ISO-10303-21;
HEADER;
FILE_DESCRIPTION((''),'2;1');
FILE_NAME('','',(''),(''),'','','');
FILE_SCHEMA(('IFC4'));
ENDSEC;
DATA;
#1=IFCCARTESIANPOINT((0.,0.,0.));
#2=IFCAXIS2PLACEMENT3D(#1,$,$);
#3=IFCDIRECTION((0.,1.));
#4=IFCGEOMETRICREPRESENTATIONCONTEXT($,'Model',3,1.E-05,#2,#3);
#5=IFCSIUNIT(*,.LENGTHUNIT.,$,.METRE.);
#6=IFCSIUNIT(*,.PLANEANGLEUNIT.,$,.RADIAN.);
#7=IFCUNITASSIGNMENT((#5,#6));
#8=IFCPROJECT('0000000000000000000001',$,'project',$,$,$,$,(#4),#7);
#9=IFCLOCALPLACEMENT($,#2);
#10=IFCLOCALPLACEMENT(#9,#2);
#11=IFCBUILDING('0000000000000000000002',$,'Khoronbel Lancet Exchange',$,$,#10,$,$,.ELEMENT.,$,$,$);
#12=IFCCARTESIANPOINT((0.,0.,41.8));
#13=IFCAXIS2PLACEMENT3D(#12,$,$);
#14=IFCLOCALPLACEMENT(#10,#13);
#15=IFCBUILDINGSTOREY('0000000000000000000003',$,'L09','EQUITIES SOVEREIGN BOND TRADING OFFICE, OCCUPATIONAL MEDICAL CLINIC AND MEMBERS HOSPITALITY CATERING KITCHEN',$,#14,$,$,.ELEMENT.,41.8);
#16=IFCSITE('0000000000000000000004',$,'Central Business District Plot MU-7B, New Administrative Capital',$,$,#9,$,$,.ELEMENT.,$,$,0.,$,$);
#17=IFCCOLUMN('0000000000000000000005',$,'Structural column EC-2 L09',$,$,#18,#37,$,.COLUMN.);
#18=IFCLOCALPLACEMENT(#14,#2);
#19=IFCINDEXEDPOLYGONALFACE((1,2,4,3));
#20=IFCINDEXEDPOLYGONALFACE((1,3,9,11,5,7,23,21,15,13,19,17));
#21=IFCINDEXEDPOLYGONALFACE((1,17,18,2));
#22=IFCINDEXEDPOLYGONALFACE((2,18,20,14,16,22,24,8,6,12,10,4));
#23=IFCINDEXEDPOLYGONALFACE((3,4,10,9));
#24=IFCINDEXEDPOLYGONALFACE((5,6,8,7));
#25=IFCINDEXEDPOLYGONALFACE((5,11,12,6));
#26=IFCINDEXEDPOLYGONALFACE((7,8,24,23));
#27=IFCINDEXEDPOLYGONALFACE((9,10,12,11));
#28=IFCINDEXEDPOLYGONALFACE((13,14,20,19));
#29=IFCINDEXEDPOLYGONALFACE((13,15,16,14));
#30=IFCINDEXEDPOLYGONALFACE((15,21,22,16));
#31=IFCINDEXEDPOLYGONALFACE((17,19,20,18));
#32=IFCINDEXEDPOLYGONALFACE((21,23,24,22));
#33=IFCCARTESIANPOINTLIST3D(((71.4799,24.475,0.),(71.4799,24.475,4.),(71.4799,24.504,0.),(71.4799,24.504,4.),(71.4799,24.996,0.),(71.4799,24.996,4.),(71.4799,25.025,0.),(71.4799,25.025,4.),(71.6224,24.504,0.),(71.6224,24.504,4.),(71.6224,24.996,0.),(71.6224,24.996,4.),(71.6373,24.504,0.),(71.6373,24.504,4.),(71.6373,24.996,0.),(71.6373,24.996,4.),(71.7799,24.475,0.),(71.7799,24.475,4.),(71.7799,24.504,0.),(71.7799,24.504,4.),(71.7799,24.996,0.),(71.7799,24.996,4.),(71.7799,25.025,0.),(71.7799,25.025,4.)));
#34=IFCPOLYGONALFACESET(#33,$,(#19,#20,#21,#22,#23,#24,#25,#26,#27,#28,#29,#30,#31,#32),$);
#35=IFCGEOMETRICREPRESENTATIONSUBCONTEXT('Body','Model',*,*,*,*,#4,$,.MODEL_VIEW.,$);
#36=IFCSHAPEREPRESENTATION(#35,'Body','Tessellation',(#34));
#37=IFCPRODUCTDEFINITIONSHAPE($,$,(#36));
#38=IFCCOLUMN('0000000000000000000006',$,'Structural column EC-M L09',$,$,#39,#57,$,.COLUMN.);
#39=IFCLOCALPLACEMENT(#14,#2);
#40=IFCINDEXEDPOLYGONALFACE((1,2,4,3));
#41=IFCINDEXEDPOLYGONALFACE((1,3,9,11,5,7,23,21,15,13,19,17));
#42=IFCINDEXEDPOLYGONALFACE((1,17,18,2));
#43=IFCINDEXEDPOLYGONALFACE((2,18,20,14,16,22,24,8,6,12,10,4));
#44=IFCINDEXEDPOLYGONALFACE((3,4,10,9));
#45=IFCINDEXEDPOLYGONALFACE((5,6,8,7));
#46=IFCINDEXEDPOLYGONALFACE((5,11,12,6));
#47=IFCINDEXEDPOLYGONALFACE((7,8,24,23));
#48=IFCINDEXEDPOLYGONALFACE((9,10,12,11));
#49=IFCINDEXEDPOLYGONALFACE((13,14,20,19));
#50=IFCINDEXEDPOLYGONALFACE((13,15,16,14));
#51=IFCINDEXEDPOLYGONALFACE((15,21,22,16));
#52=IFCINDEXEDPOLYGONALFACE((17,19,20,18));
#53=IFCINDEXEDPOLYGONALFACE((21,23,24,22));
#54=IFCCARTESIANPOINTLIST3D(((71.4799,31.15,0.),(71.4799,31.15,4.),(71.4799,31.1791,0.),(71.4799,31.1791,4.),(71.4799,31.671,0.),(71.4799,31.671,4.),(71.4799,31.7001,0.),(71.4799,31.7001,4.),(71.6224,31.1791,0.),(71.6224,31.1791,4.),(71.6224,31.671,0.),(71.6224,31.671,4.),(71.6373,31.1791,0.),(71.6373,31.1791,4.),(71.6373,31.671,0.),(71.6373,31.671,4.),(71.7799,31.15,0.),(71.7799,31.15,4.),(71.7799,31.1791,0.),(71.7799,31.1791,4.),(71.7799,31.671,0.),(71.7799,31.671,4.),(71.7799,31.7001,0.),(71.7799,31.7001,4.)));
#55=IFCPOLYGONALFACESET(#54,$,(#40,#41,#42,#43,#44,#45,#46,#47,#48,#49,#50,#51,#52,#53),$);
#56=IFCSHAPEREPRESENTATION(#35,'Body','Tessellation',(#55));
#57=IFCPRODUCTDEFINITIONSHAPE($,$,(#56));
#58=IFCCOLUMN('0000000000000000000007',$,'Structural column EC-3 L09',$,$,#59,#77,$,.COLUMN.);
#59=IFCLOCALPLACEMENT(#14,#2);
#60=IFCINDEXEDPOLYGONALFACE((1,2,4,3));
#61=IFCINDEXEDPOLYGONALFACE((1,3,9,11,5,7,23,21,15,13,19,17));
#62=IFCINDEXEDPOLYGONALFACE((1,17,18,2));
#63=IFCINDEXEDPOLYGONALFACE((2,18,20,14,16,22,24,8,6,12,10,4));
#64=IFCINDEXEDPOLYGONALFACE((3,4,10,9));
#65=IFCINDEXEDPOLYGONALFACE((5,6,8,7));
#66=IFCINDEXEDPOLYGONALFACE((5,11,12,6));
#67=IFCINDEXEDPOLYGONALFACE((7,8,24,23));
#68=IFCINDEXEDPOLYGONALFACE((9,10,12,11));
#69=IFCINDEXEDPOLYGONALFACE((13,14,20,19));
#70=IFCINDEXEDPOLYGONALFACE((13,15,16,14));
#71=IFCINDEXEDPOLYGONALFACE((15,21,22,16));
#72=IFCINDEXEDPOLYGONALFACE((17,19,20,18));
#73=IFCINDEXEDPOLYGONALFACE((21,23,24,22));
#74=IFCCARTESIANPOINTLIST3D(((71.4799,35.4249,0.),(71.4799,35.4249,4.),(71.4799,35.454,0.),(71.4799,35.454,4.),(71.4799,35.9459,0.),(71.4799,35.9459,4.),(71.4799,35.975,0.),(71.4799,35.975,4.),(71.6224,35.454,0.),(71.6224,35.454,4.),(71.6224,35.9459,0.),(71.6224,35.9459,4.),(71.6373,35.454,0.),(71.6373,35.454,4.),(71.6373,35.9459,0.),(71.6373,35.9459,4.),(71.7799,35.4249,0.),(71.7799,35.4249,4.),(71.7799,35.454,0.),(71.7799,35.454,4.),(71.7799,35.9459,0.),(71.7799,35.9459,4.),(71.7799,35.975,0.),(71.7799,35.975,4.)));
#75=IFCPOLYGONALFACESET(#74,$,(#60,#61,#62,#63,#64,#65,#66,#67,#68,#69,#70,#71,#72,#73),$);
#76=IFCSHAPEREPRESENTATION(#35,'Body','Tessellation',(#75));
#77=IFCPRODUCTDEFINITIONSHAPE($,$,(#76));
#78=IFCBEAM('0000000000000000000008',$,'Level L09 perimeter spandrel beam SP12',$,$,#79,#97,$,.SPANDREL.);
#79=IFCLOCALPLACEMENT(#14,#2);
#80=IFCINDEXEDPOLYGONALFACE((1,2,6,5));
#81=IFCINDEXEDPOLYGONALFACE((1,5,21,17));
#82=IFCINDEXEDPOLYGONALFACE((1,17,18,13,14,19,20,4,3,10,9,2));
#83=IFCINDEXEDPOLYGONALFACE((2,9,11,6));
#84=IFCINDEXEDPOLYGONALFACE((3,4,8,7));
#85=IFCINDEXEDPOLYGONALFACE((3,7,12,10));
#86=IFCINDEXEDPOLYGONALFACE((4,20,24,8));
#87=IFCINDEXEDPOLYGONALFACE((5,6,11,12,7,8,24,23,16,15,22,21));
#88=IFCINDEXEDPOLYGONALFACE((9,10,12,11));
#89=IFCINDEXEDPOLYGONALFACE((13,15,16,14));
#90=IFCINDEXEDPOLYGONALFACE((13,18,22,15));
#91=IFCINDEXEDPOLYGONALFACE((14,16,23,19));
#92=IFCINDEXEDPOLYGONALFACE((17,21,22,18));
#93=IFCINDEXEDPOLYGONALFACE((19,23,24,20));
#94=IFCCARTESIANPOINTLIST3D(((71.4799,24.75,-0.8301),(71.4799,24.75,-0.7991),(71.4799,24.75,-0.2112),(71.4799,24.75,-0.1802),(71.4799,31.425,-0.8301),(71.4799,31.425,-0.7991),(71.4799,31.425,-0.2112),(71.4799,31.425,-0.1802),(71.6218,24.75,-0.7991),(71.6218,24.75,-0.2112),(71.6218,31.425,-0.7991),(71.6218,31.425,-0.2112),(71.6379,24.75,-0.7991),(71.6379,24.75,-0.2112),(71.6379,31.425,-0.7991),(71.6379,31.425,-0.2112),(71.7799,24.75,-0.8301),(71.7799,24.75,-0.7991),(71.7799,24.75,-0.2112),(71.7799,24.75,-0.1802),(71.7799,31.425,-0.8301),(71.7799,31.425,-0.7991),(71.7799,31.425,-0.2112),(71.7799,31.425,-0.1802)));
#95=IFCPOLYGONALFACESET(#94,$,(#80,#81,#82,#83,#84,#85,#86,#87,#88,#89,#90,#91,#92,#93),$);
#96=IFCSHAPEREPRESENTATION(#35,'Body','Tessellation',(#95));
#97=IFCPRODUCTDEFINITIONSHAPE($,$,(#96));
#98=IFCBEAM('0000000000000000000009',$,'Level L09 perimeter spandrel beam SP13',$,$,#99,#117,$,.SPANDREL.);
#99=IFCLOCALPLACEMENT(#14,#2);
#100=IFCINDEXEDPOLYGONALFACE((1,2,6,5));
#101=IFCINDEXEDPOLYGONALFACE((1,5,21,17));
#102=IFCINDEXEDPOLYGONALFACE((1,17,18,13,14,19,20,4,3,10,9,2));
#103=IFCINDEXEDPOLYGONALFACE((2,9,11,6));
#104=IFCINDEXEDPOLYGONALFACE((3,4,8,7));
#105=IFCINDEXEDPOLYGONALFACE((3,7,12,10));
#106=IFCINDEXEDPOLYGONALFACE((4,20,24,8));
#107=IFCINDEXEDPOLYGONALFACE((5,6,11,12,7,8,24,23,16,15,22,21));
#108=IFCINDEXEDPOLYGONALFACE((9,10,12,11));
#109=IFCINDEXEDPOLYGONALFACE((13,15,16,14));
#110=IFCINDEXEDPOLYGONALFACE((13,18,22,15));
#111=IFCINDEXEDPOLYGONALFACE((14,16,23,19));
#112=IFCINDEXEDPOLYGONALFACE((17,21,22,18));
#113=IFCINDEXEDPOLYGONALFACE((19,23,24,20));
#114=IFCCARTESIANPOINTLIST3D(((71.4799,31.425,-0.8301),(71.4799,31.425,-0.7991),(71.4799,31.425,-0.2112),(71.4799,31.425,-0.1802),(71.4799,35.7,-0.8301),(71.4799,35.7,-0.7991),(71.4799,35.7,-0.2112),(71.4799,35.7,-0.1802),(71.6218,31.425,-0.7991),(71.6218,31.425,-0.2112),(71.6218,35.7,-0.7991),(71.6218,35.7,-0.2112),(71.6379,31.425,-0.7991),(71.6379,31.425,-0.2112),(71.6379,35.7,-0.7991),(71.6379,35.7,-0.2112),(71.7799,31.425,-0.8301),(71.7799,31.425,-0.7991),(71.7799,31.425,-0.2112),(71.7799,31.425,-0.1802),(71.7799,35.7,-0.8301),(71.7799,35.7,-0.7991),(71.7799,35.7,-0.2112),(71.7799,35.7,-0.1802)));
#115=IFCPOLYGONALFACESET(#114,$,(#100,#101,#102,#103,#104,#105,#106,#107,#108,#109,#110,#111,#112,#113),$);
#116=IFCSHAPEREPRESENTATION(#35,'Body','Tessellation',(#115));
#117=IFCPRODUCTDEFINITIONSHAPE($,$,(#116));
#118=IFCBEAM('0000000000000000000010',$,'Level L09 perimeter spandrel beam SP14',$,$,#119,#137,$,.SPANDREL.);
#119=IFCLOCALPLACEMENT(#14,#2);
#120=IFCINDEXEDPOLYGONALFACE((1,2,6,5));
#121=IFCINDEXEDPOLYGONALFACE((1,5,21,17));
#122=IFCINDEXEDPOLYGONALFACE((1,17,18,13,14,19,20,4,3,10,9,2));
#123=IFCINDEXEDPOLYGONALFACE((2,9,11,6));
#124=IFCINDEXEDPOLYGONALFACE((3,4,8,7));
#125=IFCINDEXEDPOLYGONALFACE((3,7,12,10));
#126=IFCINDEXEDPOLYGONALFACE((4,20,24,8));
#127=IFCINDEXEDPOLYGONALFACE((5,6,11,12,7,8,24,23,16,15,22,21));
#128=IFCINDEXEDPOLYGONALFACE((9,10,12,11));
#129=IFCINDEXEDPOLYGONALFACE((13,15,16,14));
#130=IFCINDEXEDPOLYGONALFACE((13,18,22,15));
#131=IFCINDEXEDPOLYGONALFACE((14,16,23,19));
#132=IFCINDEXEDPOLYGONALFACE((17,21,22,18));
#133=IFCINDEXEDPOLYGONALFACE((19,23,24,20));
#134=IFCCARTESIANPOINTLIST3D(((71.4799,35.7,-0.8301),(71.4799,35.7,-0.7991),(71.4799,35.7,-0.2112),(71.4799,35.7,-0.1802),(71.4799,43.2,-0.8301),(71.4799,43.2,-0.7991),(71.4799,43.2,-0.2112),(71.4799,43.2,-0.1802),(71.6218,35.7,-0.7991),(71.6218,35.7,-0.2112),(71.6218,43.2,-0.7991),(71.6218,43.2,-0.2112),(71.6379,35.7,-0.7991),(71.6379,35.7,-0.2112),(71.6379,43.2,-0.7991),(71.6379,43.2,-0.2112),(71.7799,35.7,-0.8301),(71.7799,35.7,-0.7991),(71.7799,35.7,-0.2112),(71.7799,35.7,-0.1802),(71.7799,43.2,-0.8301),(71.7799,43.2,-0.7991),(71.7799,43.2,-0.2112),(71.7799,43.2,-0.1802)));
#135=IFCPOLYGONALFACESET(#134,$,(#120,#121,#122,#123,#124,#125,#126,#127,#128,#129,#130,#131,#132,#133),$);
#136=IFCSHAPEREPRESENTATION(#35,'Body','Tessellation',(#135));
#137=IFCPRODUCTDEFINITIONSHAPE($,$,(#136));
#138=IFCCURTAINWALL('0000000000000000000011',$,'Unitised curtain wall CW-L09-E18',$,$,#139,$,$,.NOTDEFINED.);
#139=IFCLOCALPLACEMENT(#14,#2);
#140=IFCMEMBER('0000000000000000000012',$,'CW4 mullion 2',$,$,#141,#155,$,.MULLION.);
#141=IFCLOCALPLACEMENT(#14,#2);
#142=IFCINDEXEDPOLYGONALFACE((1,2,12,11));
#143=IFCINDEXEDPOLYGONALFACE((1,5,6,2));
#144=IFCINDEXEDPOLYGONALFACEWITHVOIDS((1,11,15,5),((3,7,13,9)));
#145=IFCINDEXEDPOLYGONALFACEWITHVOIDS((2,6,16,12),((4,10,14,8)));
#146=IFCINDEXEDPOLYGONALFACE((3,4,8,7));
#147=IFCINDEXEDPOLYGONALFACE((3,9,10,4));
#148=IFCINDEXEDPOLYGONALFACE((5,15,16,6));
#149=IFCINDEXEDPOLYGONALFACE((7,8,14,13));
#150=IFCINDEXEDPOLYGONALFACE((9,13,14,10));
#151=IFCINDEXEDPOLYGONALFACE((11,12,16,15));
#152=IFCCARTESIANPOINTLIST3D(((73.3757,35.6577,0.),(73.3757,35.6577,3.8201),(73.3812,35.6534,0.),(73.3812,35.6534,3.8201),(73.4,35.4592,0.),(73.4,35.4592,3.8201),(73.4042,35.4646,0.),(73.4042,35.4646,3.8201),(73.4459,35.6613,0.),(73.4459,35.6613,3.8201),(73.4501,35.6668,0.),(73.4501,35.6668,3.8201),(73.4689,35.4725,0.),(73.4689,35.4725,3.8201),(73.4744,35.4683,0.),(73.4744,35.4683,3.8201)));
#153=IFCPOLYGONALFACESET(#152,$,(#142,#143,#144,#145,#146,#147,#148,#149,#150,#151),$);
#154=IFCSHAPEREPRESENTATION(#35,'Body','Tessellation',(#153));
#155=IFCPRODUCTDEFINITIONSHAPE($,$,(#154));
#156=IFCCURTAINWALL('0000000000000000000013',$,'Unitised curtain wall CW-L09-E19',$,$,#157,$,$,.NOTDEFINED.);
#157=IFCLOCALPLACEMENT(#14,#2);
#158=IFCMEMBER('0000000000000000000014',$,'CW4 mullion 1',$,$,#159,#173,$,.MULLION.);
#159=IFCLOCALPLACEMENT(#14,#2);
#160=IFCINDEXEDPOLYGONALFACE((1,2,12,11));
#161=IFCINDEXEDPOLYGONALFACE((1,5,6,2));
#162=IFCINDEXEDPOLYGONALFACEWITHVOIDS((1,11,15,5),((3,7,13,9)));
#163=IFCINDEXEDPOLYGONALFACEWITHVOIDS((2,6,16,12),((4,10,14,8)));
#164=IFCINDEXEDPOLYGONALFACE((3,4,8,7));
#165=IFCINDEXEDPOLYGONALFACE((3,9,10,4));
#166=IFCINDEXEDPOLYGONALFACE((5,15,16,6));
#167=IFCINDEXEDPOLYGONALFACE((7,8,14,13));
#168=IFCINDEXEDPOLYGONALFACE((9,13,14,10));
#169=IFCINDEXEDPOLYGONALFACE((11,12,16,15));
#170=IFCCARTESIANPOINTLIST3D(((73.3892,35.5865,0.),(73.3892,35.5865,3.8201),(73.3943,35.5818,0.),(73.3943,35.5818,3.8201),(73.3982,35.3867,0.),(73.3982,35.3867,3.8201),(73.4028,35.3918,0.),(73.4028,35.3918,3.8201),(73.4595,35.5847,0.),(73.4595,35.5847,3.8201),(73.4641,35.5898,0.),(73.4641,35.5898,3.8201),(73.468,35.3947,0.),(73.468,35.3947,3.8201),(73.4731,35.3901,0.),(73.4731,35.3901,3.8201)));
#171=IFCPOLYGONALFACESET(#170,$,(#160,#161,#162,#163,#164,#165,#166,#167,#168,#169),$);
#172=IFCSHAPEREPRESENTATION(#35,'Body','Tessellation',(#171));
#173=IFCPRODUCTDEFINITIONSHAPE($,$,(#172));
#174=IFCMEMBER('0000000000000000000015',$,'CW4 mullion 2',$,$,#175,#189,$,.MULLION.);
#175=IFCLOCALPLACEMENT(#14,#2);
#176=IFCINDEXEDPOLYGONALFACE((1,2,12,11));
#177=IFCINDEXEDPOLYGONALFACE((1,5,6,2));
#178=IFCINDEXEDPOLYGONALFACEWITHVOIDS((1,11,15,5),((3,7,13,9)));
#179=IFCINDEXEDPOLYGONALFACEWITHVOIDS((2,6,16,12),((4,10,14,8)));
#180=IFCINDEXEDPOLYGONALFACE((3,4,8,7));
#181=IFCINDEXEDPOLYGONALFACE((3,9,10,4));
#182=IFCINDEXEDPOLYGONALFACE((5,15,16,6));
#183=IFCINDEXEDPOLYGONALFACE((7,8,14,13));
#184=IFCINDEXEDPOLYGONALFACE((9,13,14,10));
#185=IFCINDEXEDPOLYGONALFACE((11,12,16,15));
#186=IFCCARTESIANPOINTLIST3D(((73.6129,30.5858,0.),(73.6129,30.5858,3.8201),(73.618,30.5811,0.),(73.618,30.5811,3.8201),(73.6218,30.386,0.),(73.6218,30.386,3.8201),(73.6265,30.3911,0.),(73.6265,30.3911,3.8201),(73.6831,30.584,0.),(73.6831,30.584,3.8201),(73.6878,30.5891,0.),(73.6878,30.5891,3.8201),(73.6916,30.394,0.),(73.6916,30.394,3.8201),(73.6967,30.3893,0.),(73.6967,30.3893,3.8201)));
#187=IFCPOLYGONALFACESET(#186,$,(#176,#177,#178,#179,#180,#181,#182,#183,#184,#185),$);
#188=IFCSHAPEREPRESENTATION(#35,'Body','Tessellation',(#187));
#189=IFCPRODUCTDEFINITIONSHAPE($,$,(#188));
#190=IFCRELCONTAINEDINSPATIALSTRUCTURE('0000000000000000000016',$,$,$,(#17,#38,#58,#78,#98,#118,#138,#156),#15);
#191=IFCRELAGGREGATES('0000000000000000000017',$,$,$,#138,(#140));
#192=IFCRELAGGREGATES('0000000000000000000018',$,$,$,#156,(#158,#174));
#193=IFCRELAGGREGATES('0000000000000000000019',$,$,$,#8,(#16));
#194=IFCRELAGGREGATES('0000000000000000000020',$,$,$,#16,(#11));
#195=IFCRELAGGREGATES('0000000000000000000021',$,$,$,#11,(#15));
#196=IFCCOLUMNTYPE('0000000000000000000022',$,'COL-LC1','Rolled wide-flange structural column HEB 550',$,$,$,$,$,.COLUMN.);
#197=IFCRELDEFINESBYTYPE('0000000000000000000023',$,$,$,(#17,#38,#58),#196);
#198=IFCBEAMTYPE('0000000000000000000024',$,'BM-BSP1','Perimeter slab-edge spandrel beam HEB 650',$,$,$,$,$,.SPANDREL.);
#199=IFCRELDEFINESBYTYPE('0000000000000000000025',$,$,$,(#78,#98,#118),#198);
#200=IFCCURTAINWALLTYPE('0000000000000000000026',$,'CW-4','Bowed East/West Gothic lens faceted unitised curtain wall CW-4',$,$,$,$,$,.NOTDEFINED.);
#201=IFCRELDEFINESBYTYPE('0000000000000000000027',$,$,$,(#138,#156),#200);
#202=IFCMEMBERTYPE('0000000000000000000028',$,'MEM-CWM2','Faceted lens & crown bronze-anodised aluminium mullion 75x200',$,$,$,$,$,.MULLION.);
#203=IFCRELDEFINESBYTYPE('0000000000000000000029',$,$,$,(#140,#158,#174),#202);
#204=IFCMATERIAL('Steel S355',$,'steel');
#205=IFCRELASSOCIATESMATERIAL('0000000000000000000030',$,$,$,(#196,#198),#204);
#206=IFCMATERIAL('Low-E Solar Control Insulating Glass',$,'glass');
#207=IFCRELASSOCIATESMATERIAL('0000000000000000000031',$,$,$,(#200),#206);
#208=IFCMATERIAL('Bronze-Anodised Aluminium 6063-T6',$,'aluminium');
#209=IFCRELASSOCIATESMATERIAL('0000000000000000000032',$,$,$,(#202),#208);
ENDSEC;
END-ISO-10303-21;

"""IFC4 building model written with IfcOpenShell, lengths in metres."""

from ifc_helpers import new_model, si_unit, direction, frame, origin, origin_2d, place, context, subcontext, project, spatial, hollow_rectangle, i_section, extrude, material, material_profile, profile_set, type_object, element, aggregate, save


model = new_model("IFC4")

# Units and contexts
model_context = context("Model", 3, precision=1e-05, world=origin(), true_north=direction((0.0, 1.0)))
body_context = subcontext(model_context, "Body", "Model", "MODEL_VIEW")
ifc_project = project(units=[si_unit("LENGTHUNIT", "METRE"), si_unit("PLANEANGLEUNIT", "RADIAN")], contexts=[model_context])

# Site, building, storey
site_placement = place(None, origin())
site = spatial("IfcSite", under=ifc_project, at=site_placement, Name="Central Business District Plot MU-7B, New Administrative Capital", CompositionType="ELEMENT", RefElevation=0.0)
building_placement = place(site_placement, origin())
building = spatial("IfcBuilding", under=site, at=building_placement, Name="Khoronbel Lancet Exchange", CompositionType="ELEMENT")
storey_placement = place(building_placement, frame((0.0, 0.0, 41.8)))
storey = spatial("IfcBuildingStorey", under=building, at=storey_placement, Name="L09", Description="EQUITIES SOVEREIGN BOND TRADING OFFICE, OCCUPATIONAL MEDICAL CLINIC AND MEMBERS HOSPITALITY CATERING KITCHEN", CompositionType="ELEMENT", Elevation=41.8)

# Columns
ifc_material_1 = material(Name="Steel S355", Category="steel")
ifc_material_profile_1 = material_profile(ifc_material_1, i_section(OverallWidth=0.3, OverallDepth=0.55, WebThickness=0.0149, FlangeThickness=0.0291, at=origin_2d()), Name="HEB 550")
ifc_profile_set_1 = profile_set([ifc_material_profile_1], Name="Steel S355")
column_type = type_object("IfcColumnType", Name="COL-LC1", Description="Rolled wide-flange structural column HEB 550", PredefinedType="COLUMN", material=ifc_profile_set_1)
for number, where, z_axis, x_axis, name in (
    (1, (71.6299, 24.75, 0.0), (0.0, 0.0, 1.0), (1.0, 0.0, 0.0), "Structural column EC-2 L09"),
    (2, (71.6299, 31.425, 0.0), (0.0, 0.0, 1.0), (1.0, 0.0, 0.0), "Structural column EC-M L09"),
    (3, (71.6299, 35.7, 0.0), (0.0, 0.0, 1.0), (1.0, 0.0, 0.0), "Structural column EC-3 L09"),
):
    element("IfcColumn", number, at=place(storey_placement, frame(where, z_axis=z_axis, x_axis=x_axis)), inside=storey, type_object=column_type, Name=name, PredefinedType="COLUMN", context=body_context, shape_type="SweptSolid", body=[
        extrude(i_section(OverallWidth=0.3, OverallDepth=0.55, WebThickness=0.0149, FlangeThickness=0.0291, at=origin_2d()), origin(), (0.0, 0.0, 1.0), 4.0),
    ])

# Beams
ifc_material_profile_2 = material_profile(ifc_material_1, i_section(OverallWidth=0.3, OverallDepth=0.6499, WebThickness=0.0161, FlangeThickness=0.031, at=origin_2d()), Name="HEB 650")
ifc_profile_set_2 = profile_set([ifc_material_profile_2], Name="Steel S355")
beam_type = type_object("IfcBeamType", Name="BM-BSP1", Description="Perimeter slab-edge spandrel beam HEB 650", PredefinedType="SPANDREL", material=ifc_profile_set_2)
beam_1_placement = place(storey_placement, frame((71.6299, 24.75, -0.5051), z_axis=(0.0, 1.0, 0.0), x_axis=(-1.0, 0.0, 0.0)))
element("IfcBeam", 4, at=beam_1_placement, inside=storey, type_object=beam_type, Name="Level L09 perimeter spandrel beam SP12", PredefinedType="SPANDREL", context=body_context, shape_type="SweptSolid", body=[
    extrude(i_section(OverallWidth=0.3, OverallDepth=0.6499, WebThickness=0.0161, FlangeThickness=0.031, at=origin_2d()), origin(), (0.0, 0.0, 1.0), 6.675),
])
beam_2_placement = place(storey_placement, frame((71.6299, 31.425, -0.5051), z_axis=(0.0, 1.0, 0.0), x_axis=(-1.0, 0.0, 0.0)))
element("IfcBeam", 5, at=beam_2_placement, inside=storey, type_object=beam_type, Name="Level L09 perimeter spandrel beam SP13", PredefinedType="SPANDREL", context=body_context, shape_type="SweptSolid", body=[
    extrude(i_section(OverallWidth=0.3, OverallDepth=0.6499, WebThickness=0.0161, FlangeThickness=0.031, at=origin_2d()), origin(), (0.0, 0.0, 1.0), 4.2749),
])
beam_3_placement = place(storey_placement, frame((71.6299, 35.7, -0.5051), z_axis=(0.0, 1.0, 0.0), x_axis=(-1.0, 0.0, 0.0)))
element("IfcBeam", 6, at=beam_3_placement, inside=storey, type_object=beam_type, Name="Level L09 perimeter spandrel beam SP14", PredefinedType="SPANDREL", context=body_context, shape_type="SweptSolid", body=[
    extrude(i_section(OverallWidth=0.3, OverallDepth=0.6499, WebThickness=0.0161, FlangeThickness=0.031, at=origin_2d()), origin(), (0.0, 0.0, 1.0), 7.5),
])

# Curtain wall, member
ifc_material_2 = material(Name="Low-E Solar Control Insulating Glass", Category="glass")
curtain_wall_type = type_object("IfcCurtainWallType", Name="CW-4", Description="Bowed East/West Gothic lens faceted unitised curtain wall CW-4", PredefinedType="NOTDEFINED", material=ifc_material_2)
curtain_wall_1_placement = place(storey_placement, origin())
curtain_wall_1 = element("IfcCurtainWall", 7, at=curtain_wall_1_placement, inside=storey, type_object=curtain_wall_type, Name="Unitised curtain wall CW-L09-E18", PredefinedType="NOTDEFINED")
ifc_material_3 = material(Name="Bronze-Anodised Aluminium 6063-T6", Category="aluminium")
ifc_material_profile_3 = material_profile(ifc_material_3, hollow_rectangle(XDim=0.075, YDim=0.2, WallThickness=0.0049, at=origin_2d()), Name="ALU MULLION 75x200")
ifc_profile_set_3 = profile_set([ifc_material_profile_3], Name="Bronze-Anodised Aluminium 6063-T6")
member_type_1 = type_object("IfcMemberType", Name="MEM-CWM2", Description="Faceted lens & crown bronze-anodised aluminium mullion 75x200", PredefinedType="MULLION", material=ifc_profile_set_3)
member_1_placement = place(storey_placement, frame((73.425, 35.563, 0.0), z_axis=(0.0, 0.0, 1.0), x_axis=(0.992622, 0.121253, 0.0)))
member_1 = element("IfcMember", 8, at=member_1_placement, type_object=member_type_1, Name="CW4 mullion 2", PredefinedType="MULLION", context=body_context, shape_type="SweptSolid", body=[
    extrude(hollow_rectangle(XDim=0.075, YDim=0.2, WallThickness=0.0049, at=origin_2d()), origin(), (0.0, 0.0, 1.0), 3.8201),
])

# Curtain wall, members
curtain_wall_2_placement = place(storey_placement, origin())
curtain_wall_2 = element("IfcCurtainWall", 9, at=curtain_wall_2_placement, inside=storey, type_object=curtain_wall_type, Name="Unitised curtain wall CW-L09-E19", PredefinedType="NOTDEFINED")
member_2_placement = place(storey_placement, frame((73.4312, 35.4883, 0.0), z_axis=(0.0, 0.0, 1.0), x_axis=(0.999001, 0.044677, 0.0)))
member_2 = element("IfcMember", 10, at=member_2_placement, type_object=member_type_1, Name="CW4 mullion 1", PredefinedType="MULLION", context=body_context, shape_type="SweptSolid", body=[
    extrude(hollow_rectangle(XDim=0.075, YDim=0.2, WallThickness=0.0049, at=origin_2d()), origin(), (0.0, 0.0, 1.0), 3.8201),
])
member_3_placement = place(storey_placement, frame((73.6548, 30.4875, 0.0), z_axis=(0.0, 0.0, 1.0), x_axis=(0.999001, 0.044677, 0.0)))
member_3 = element("IfcMember", 11, at=member_3_placement, type_object=member_type_1, Name="CW4 mullion 2", PredefinedType="MULLION", context=body_context, shape_type="SweptSolid", body=[
    extrude(hollow_rectangle(XDim=0.075, YDim=0.2, WallThickness=0.0049, at=origin_2d()), origin(), (0.0, 0.0, 1.0), 3.8201),
])

aggregate(curtain_wall_1, [member_1])
aggregate(curtain_wall_2, [member_2, member_3])

save(model, "model.ifc")
